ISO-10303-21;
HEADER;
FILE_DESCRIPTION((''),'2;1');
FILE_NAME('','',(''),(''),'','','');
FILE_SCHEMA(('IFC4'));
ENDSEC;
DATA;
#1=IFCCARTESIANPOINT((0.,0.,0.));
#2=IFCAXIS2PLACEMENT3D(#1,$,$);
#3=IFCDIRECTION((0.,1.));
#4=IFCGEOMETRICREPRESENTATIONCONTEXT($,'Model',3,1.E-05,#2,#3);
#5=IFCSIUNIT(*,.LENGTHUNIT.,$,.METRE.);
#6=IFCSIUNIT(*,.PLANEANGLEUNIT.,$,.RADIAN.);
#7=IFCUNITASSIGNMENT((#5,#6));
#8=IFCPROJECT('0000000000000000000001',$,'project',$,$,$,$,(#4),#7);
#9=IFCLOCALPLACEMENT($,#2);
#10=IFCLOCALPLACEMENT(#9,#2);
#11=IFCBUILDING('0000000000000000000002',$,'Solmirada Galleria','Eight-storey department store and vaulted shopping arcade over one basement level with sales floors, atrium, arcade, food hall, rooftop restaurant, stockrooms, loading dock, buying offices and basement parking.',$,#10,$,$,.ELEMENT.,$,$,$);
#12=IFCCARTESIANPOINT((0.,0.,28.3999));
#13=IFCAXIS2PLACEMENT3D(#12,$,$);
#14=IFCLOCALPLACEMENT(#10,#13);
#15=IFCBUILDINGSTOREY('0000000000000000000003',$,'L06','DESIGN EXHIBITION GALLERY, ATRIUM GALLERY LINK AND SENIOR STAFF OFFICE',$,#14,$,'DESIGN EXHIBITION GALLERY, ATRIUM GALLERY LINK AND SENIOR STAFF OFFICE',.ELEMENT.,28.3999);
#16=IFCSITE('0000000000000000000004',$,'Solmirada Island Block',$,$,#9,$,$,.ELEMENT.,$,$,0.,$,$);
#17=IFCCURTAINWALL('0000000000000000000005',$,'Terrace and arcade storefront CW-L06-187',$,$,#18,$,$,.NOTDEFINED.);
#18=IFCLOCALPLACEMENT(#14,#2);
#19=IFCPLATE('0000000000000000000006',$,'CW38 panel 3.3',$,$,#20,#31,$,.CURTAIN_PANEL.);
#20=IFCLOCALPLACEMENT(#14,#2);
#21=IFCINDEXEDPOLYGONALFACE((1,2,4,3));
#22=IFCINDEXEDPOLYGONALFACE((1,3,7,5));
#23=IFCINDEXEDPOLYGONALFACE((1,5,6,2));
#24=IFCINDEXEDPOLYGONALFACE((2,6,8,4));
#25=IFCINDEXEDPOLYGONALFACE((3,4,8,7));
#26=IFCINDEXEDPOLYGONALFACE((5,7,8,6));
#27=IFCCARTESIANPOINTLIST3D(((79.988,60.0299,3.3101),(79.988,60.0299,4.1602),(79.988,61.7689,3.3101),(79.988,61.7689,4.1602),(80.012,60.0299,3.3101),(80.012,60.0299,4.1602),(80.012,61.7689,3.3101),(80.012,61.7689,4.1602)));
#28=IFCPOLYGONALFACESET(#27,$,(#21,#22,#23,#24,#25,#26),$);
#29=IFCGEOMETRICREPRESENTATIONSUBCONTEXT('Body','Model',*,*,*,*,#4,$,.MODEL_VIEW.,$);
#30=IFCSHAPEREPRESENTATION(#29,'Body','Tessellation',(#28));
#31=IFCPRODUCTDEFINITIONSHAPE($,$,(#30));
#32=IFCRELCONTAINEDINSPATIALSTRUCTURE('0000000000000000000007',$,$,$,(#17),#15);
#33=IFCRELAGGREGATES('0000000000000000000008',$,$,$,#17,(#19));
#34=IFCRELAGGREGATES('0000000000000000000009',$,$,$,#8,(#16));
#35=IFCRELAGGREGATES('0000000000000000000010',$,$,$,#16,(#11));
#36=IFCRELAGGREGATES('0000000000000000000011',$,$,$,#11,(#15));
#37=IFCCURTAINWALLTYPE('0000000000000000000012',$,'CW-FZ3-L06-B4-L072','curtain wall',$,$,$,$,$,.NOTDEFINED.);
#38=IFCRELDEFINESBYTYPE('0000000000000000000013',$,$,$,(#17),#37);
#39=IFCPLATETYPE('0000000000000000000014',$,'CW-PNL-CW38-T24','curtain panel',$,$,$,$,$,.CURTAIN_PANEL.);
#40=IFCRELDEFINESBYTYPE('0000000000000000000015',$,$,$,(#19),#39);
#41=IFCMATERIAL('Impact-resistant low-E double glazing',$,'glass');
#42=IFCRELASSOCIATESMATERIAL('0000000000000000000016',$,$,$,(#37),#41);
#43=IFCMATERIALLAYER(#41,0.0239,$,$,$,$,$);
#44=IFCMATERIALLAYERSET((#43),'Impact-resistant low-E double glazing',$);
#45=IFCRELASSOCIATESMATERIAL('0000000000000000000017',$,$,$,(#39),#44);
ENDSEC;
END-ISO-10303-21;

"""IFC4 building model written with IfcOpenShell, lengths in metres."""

from ifc_helpers import new_model, si_unit, direction, frame, origin, origin_2d, place, context, subcontext, project, spatial, rectangle, extrude, material, layer, layer_set, type_object, element, aggregate, save


model = new_model("IFC4")

# Units and contexts
model_context = context("Model", 3, precision=1e-05, world=origin(), true_north=direction((0.0, 1.0)))
body_context = subcontext(model_context, "Body", "Model", "MODEL_VIEW")
ifc_project = project(units=[si_unit("LENGTHUNIT", "METRE"), si_unit("PLANEANGLEUNIT", "RADIAN")], contexts=[model_context])

# Site, building, storey
site_placement = place(None, origin())
site = spatial("IfcSite", under=ifc_project, at=site_placement, Name="Solmirada Island Block", CompositionType="ELEMENT", RefElevation=0.0)
building_placement = place(site_placement, origin())
building = spatial("IfcBuilding", under=site, at=building_placement, Name="Solmirada Galleria", Description="Eight-storey department store and vaulted shopping arcade over one basement level with sales floors, atrium, arcade, food hall, rooftop restaurant, stockrooms, loading dock, buying offices and basement parking.", CompositionType="ELEMENT")
storey_placement = place(building_placement, frame((0.0, 0.0, 28.3999)))
storey = spatial("IfcBuildingStorey", under=building, at=storey_placement, Name="L06", Description="DESIGN EXHIBITION GALLERY, ATRIUM GALLERY LINK AND SENIOR STAFF OFFICE", LongName="DESIGN EXHIBITION GALLERY, ATRIUM GALLERY LINK AND SENIOR STAFF OFFICE", CompositionType="ELEMENT", Elevation=28.3999)

# Shared definitions
ifc_material_1 = material(Name="Impact-resistant low-E double glazing", Category="glass")
curtain_wall_type = type_object("IfcCurtainWallType", Name="CW-FZ3-L06-B4-L072", Description="curtain wall", PredefinedType="NOTDEFINED", material=ifc_material_1)

# Curtain wall
curtain_wall_1_placement = place(storey_placement, origin())
curtain_wall_1 = element("IfcCurtainWall", 1, at=curtain_wall_1_placement, inside=storey, type_object=curtain_wall_type, Name="Terrace and arcade storefront CW-L06-187", PredefinedType="NOTDEFINED")

# Plate
ifc_layer = layer(ifc_material_1, 0.0239)
ifc_layer_set = layer_set([ifc_layer], Name="Impact-resistant low-E double glazing")
plate_type = type_object("IfcPlateType", Name="CW-PNL-CW38-T24", Description="curtain panel", PredefinedType="CURTAIN_PANEL", material=ifc_layer_set)
plate_1_placement = place(storey_placement, frame((80.0, 60.8994, 3.3101), z_axis=(0.0, 0.0, 1.0), x_axis=(0.0, 1.0, 0.0)))
plate_1 = element("IfcPlate", 2, at=plate_1_placement, type_object=plate_type, Name="CW38 panel 3.3", PredefinedType="CURTAIN_PANEL", context=body_context, shape_type="SweptSolid", body=[
    extrude(rectangle(XDim=1.739, YDim=0.0239, at=origin_2d()), origin(), (0.0, 0.0, 1.0), 0.8501),
])
aggregate(curtain_wall_1, [plate_1])

save(model, "model.ifc")
